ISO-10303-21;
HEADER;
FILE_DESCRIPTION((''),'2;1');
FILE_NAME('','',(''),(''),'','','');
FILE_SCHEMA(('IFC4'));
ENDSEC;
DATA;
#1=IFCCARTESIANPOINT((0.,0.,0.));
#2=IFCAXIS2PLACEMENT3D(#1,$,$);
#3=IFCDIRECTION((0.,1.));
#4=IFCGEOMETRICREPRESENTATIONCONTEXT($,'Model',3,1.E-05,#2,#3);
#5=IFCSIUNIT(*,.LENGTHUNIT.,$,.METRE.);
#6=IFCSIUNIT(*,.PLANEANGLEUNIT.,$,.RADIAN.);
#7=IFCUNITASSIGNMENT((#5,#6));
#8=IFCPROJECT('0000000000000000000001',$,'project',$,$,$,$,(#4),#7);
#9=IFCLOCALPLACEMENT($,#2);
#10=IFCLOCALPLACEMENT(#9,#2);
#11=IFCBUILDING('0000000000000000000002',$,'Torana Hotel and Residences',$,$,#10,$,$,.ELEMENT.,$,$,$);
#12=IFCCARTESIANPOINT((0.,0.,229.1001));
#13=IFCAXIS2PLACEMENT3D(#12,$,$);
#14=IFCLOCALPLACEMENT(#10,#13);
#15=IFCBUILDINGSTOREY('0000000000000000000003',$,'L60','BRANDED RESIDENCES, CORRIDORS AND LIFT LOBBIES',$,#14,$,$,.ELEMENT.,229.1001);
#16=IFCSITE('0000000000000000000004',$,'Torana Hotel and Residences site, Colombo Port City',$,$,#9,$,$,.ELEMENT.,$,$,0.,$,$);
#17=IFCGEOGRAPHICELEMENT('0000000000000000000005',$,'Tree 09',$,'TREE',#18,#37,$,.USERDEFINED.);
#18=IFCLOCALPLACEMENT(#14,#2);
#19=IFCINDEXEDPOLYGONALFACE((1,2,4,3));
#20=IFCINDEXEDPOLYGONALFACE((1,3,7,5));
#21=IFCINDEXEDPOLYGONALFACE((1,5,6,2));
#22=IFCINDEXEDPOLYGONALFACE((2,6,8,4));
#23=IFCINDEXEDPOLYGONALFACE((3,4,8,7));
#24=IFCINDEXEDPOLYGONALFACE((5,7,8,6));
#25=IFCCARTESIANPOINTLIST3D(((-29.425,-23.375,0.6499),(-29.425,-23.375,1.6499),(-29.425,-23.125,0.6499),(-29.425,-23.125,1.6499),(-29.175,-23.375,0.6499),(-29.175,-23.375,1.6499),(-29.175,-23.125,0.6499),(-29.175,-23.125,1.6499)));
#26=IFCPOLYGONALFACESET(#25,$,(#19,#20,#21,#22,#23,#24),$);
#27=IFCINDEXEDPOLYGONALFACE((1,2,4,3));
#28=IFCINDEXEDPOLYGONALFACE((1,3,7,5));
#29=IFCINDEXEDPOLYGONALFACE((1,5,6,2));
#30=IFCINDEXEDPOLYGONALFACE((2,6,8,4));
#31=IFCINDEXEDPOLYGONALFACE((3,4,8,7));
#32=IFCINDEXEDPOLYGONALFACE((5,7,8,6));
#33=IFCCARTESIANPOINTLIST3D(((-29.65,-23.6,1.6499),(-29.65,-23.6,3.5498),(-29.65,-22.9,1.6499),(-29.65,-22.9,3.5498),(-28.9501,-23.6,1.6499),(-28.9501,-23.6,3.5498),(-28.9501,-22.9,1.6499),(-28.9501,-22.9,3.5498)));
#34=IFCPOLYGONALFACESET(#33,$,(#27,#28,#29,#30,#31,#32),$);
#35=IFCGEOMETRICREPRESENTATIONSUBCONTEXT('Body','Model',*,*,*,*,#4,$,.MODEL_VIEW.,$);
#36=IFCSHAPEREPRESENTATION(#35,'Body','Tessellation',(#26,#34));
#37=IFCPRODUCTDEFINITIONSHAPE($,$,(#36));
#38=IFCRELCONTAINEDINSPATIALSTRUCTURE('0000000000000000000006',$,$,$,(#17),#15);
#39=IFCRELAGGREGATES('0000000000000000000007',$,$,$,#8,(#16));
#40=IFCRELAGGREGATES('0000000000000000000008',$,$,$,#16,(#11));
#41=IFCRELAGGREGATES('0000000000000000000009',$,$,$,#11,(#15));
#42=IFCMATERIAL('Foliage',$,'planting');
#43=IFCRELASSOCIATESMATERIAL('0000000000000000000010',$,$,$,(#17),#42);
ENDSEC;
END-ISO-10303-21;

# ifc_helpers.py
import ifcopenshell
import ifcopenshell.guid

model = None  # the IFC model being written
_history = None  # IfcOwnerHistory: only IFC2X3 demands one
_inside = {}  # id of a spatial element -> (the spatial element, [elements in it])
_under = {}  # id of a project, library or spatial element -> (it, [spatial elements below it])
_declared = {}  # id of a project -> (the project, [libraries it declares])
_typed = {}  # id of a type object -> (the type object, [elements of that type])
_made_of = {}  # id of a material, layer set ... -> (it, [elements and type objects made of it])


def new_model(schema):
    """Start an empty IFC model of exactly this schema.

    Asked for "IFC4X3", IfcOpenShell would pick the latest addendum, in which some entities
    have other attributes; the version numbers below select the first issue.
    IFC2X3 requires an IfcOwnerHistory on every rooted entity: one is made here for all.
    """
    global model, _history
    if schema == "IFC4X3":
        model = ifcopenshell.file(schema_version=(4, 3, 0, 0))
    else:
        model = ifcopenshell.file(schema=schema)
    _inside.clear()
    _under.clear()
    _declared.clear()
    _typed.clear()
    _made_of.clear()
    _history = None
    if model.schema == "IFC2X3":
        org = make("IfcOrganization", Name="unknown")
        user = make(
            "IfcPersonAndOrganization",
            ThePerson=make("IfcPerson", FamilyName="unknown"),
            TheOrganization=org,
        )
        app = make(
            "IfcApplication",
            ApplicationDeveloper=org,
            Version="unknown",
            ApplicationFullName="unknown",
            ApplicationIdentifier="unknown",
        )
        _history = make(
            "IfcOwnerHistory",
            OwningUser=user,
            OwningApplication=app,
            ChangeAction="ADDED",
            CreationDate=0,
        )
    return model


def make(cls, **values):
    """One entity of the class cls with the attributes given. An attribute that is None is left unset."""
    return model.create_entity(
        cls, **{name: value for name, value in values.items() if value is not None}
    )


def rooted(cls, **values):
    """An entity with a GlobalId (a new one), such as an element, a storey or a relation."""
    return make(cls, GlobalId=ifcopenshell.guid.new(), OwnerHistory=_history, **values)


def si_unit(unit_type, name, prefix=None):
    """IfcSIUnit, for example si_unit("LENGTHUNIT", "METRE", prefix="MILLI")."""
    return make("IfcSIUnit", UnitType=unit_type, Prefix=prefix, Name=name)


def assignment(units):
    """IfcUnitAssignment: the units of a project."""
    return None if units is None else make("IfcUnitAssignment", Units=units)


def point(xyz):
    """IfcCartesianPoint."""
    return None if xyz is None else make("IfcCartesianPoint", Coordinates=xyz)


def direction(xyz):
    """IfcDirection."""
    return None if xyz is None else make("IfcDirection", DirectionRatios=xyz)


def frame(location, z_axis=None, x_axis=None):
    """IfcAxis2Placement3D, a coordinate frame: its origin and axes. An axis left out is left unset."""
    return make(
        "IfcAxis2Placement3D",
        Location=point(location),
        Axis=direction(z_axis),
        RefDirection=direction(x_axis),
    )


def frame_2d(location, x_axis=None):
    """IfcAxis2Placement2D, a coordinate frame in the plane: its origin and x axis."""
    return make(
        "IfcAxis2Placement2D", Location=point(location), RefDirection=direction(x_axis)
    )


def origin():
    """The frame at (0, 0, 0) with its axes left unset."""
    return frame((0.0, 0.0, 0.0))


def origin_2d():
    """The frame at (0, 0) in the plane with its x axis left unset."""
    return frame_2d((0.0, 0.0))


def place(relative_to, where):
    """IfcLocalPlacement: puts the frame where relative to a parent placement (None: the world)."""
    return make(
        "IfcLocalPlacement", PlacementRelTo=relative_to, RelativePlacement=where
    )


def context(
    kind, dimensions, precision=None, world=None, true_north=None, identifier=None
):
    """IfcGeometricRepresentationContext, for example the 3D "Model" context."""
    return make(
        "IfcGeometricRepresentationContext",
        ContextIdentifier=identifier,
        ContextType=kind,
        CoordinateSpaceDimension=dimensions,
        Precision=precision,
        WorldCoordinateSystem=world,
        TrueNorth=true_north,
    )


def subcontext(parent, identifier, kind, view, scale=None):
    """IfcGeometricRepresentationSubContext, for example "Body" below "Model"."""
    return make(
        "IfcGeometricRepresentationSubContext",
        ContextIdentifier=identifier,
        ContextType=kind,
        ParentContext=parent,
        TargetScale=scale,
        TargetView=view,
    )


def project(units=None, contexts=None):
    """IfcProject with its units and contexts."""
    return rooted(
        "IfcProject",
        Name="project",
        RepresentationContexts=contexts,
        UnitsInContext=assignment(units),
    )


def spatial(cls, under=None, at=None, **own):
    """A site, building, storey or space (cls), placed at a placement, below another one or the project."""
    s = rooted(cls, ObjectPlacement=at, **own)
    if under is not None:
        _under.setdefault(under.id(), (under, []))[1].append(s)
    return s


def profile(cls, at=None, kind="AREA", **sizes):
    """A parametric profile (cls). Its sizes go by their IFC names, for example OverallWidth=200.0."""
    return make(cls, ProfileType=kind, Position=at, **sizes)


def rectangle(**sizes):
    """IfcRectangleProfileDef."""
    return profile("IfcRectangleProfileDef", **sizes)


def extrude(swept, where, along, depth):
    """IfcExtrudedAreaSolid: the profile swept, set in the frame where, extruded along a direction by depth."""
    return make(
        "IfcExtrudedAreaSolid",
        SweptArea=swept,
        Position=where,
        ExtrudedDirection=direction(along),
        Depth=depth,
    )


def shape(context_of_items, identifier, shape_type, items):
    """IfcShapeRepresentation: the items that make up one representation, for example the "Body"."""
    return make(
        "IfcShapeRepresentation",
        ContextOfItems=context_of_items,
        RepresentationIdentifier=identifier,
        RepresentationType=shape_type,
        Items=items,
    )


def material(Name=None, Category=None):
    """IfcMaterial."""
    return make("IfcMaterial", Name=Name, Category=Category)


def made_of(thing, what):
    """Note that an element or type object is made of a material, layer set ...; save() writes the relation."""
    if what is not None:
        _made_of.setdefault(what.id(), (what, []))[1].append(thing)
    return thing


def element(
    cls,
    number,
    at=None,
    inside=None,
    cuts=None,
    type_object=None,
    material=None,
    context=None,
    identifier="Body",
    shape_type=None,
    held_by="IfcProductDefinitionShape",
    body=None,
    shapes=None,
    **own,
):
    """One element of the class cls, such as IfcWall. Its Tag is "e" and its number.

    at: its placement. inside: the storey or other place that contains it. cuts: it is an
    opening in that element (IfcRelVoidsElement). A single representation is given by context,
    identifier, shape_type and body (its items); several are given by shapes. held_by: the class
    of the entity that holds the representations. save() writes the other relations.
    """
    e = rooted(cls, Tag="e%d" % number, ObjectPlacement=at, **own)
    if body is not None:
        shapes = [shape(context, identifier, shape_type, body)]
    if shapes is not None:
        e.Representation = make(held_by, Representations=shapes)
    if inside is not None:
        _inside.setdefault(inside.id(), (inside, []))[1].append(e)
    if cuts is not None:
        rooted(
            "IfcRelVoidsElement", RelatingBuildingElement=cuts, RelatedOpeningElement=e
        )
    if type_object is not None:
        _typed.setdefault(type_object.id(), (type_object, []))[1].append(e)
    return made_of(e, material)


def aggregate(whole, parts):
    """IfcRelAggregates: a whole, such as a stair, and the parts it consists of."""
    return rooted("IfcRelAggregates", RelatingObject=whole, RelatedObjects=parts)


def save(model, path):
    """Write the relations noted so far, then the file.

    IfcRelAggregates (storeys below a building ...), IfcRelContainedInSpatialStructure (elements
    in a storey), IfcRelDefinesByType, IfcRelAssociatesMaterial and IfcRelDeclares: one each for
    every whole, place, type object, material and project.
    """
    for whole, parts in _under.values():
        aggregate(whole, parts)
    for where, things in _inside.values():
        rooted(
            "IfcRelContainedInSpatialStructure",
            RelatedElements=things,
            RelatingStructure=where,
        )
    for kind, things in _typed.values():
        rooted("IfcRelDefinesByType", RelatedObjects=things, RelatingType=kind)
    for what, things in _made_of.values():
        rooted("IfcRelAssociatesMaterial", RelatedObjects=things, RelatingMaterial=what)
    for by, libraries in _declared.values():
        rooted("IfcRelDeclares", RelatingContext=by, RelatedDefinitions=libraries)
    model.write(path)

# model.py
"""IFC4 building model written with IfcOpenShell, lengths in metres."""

from ifc_helpers import new_model, si_unit, direction, frame, origin, origin_2d, place, context, subcontext, project, spatial, rectangle, extrude, material, element, save


model = new_model("IFC4")

# Units and contexts
model_context = context("Model", 3, precision=1e-05, world=origin(), true_north=direction((0.0, 1.0)))
body_context = subcontext(model_context, "Body", "Model", "MODEL_VIEW")
ifc_project = project(units=[si_unit("LENGTHUNIT", "METRE"), si_unit("PLANEANGLEUNIT", "RADIAN")], contexts=[model_context])

# Site, building, storey
site_placement = place(None, origin())
site = spatial("IfcSite", under=ifc_project, at=site_placement, Name="Torana Hotel and Residences site, Colombo Port City", CompositionType="ELEMENT", RefElevation=0.0)
building_placement = place(site_placement, origin())
building = spatial("IfcBuilding", under=site, at=building_placement, Name="Torana Hotel and Residences", CompositionType="ELEMENT")
storey_placement = place(building_placement, frame((0.0, 0.0, 229.1001)))
storey = spatial("IfcBuildingStorey", under=building, at=storey_placement, Name="L60", Description="BRANDED RESIDENCES, CORRIDORS AND LIFT LOBBIES", CompositionType="ELEMENT", Elevation=229.1001)

# Geographic element
ifc_material_1 = material(Name="Foliage", Category="planting")
geographic_element_placement = place(storey_placement, frame((-29.3, -23.25, 0.6499), z_axis=(0.0, 0.0, 1.0), x_axis=(1.0, 0.0, 0.0)))
element("IfcGeographicElement", 1, at=geographic_element_placement, inside=storey, material=ifc_material_1, Name="Tree 09", ObjectType="TREE", PredefinedType="USERDEFINED", context=body_context, shape_type="SweptSolid", body=[
    extrude(rectangle(XDim=0.25, YDim=0.25, at=origin_2d()), origin(), (0.0, 0.0, 1.0), 1.0),
    extrude(rectangle(XDim=0.7, YDim=0.7, at=origin_2d()), frame((0.0, 0.0, 1.0)), (0.0, 0.0, 1.0), 1.8999),
])

save(model, "model.ifc")
